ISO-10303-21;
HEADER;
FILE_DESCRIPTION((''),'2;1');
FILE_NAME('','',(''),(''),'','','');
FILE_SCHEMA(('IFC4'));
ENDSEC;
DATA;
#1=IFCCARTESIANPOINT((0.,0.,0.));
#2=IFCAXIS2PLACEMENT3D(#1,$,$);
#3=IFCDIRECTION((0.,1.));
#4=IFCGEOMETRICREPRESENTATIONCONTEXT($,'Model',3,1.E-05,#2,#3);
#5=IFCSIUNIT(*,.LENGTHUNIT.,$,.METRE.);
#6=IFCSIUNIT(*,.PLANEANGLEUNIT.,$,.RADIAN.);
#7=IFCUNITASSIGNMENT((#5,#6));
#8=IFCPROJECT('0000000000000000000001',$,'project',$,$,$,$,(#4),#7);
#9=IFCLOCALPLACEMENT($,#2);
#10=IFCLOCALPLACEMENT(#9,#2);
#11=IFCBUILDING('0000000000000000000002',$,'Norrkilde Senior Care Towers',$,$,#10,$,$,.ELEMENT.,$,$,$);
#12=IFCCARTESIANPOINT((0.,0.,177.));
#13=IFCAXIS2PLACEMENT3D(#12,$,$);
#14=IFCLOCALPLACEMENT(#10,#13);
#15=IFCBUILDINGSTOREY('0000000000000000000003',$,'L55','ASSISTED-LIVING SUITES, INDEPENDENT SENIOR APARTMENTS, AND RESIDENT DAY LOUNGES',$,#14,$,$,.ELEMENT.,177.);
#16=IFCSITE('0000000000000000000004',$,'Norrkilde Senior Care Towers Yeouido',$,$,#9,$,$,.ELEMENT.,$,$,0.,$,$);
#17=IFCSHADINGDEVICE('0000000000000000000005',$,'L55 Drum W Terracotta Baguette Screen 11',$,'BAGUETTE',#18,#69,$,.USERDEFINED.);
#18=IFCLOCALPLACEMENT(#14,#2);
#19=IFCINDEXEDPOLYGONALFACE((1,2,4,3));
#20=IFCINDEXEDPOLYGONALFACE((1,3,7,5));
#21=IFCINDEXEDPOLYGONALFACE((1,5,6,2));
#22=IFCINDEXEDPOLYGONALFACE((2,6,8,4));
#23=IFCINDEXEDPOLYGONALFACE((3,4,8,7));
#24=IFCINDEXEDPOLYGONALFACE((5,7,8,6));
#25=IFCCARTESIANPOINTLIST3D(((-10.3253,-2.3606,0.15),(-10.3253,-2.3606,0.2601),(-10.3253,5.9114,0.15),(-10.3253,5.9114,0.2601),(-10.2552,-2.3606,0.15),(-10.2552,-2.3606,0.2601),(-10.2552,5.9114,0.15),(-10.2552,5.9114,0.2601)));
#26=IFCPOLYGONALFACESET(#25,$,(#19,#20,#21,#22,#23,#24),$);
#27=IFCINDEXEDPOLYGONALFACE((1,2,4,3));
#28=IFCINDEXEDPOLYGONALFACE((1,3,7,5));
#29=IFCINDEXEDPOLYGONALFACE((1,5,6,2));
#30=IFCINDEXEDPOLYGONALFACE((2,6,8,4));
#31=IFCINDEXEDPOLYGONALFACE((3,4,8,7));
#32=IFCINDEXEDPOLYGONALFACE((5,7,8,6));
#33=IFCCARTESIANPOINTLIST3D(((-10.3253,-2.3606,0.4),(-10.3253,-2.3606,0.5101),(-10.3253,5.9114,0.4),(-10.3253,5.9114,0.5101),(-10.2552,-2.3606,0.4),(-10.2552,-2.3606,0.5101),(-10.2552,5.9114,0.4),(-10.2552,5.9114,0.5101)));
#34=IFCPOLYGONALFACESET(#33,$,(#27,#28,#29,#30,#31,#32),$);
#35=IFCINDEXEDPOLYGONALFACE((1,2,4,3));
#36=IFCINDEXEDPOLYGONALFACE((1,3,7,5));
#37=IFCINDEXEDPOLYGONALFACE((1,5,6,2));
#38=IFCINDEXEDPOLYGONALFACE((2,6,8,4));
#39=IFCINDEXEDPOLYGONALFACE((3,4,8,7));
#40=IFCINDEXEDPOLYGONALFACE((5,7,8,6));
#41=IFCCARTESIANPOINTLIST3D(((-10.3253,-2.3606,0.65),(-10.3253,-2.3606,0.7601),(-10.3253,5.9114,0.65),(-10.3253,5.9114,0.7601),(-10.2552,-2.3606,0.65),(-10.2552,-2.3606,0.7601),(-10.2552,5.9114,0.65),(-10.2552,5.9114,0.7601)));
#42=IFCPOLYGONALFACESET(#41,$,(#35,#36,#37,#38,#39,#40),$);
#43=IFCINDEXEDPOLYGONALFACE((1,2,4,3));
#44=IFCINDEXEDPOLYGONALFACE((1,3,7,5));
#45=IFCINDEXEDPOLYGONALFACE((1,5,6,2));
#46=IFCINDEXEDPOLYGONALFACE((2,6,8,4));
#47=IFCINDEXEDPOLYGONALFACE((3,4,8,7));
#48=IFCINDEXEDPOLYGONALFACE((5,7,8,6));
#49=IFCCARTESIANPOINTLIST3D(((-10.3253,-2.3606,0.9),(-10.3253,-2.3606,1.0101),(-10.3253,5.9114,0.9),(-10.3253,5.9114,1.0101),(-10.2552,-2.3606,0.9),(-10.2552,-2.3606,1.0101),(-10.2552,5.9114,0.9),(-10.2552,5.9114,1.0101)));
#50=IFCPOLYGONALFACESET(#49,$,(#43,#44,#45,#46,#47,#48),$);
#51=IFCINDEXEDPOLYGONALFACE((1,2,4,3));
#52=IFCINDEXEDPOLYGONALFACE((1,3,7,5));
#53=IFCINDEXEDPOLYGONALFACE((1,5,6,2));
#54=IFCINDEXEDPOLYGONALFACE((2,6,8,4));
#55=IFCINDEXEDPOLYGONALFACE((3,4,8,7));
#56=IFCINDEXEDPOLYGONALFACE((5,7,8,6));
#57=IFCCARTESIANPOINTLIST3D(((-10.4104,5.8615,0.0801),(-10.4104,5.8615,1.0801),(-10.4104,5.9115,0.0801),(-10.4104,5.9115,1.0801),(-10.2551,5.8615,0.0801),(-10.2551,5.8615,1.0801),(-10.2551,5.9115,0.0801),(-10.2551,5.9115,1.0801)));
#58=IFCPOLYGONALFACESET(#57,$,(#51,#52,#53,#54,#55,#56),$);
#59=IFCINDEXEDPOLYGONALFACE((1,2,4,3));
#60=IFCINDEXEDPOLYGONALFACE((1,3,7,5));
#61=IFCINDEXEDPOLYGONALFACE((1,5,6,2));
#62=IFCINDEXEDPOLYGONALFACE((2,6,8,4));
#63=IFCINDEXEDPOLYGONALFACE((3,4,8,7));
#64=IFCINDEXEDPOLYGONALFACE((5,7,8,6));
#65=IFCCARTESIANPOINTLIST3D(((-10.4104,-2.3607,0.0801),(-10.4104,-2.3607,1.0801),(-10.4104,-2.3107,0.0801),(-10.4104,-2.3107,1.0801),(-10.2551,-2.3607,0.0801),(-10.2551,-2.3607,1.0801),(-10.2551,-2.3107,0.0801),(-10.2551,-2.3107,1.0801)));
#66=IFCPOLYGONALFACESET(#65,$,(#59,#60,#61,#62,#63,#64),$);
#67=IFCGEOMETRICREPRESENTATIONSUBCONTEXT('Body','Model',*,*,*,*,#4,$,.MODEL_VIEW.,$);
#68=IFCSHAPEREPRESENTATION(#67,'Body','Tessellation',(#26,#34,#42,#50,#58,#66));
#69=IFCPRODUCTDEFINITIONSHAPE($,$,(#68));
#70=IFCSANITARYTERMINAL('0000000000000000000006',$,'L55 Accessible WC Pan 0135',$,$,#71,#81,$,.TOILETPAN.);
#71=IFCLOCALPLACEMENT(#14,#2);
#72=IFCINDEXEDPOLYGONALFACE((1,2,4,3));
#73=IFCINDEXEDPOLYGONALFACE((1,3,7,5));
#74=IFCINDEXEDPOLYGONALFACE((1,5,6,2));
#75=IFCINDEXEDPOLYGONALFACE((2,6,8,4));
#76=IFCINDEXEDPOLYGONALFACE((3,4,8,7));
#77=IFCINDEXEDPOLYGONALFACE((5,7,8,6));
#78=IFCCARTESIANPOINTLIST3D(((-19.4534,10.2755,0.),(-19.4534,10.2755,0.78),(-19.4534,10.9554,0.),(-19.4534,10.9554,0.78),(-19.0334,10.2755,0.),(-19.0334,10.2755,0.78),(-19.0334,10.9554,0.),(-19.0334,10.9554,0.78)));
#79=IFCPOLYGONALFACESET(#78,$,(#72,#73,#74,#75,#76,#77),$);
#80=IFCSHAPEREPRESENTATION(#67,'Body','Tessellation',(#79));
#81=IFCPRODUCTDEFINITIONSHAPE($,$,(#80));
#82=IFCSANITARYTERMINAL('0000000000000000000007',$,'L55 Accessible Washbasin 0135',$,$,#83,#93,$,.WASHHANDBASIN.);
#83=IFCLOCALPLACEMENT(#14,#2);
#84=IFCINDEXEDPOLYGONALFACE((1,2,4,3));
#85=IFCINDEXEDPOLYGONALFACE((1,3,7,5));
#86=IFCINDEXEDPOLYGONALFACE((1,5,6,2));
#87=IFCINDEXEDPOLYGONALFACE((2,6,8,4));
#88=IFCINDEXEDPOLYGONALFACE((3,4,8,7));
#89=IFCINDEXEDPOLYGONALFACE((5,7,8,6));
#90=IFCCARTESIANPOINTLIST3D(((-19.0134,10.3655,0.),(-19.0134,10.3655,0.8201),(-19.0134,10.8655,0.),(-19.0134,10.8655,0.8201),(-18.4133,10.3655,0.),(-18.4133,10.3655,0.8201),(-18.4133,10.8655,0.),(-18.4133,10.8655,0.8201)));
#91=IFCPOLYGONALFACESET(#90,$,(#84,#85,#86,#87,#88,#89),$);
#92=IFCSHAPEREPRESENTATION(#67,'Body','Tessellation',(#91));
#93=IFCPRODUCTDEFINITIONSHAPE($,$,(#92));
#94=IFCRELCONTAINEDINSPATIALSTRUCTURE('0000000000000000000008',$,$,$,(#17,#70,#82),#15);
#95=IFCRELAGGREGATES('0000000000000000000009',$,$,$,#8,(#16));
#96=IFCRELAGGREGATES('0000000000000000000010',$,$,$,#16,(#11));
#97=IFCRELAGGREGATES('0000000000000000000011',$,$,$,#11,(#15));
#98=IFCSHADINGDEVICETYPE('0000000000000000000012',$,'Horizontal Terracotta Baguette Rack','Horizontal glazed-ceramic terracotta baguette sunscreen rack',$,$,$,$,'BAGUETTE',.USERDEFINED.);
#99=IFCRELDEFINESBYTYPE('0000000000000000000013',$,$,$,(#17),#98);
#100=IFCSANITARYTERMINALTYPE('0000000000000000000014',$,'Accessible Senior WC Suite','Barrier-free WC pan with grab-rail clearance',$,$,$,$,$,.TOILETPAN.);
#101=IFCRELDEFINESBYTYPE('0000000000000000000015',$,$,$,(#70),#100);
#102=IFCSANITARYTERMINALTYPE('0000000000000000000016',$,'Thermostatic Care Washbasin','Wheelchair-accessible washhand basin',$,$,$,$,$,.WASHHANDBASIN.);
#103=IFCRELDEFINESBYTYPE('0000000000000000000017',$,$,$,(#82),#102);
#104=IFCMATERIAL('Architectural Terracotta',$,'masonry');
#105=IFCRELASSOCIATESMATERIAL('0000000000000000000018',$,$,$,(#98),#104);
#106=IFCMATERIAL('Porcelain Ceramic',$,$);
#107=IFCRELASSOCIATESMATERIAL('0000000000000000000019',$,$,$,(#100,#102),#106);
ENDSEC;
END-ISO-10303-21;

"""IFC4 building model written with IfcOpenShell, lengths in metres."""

from ifc_helpers import new_model, si_unit, direction, frame, origin, origin_2d, place, context, subcontext, project, spatial, rectangle, extrude, source, transform, mapped, material, type_object, type_shapes, element, save


model = new_model("IFC4")

# Units and contexts
model_context = context("Model", 3, precision=1e-05, world=origin(), true_north=direction((0.0, 1.0)))
body_context = subcontext(model_context, "Body", "Model", "MODEL_VIEW")
ifc_project = project(units=[si_unit("LENGTHUNIT", "METRE"), si_unit("PLANEANGLEUNIT", "RADIAN")], contexts=[model_context])

# Site, building, storey
site_placement = place(None, origin())
site = spatial("IfcSite", under=ifc_project, at=site_placement, Name="Norrkilde Senior Care Towers Yeouido", CompositionType="ELEMENT", RefElevation=0.0)
building_placement = place(site_placement, origin())
building = spatial("IfcBuilding", under=site, at=building_placement, Name="Norrkilde Senior Care Towers", CompositionType="ELEMENT")
storey_placement = place(building_placement, frame((0.0, 0.0, 177.0)))
storey = spatial("IfcBuildingStorey", under=building, at=storey_placement, Name="L55", Description="ASSISTED-LIVING SUITES, INDEPENDENT SENIOR APARTMENTS, AND RESIDENT DAY LOUNGES", CompositionType="ELEMENT", Elevation=177.0)

# Shading device
ifc_material_1 = material(Name="Architectural Terracotta", Category="masonry")
shading_device_type = type_object("IfcShadingDeviceType", Name="Horizontal Terracotta Baguette Rack", Description="Horizontal glazed-ceramic terracotta baguette sunscreen rack", ElementType="BAGUETTE", PredefinedType="USERDEFINED", material=ifc_material_1)
shared_shape_1 = source(origin(), body_context, "Body", "SweptSolid", [
    extrude(rectangle(XDim=0.0701, YDim=0.1101, at=origin_2d()), frame((0.0, 0.0901, 0.125), z_axis=(1.0, 0.0, 0.0), x_axis=(0.0, 1.0, 0.0)), (0.0, 0.0, 1.0), 8.272),
    extrude(rectangle(XDim=0.0701, YDim=0.1101, at=origin_2d()), frame((0.0, 0.0901, 0.375), z_axis=(1.0, 0.0, 0.0), x_axis=(0.0, 1.0, 0.0)), (0.0, 0.0, 1.0), 8.272),
    extrude(rectangle(XDim=0.0701, YDim=0.1101, at=origin_2d()), frame((0.0, 0.0901, 0.625), z_axis=(1.0, 0.0, 0.0), x_axis=(0.0, 1.0, 0.0)), (0.0, 0.0, 1.0), 8.272),
    extrude(rectangle(XDim=0.0701, YDim=0.1101, at=origin_2d()), frame((0.0, 0.0901, 0.875), z_axis=(1.0, 0.0, 0.0), x_axis=(0.0, 1.0, 0.0)), (0.0, 0.0, 1.0), 8.272),
    extrude(rectangle(XDim=0.05, YDim=0.1553, at=origin_2d()), frame((0.0249, 0.0476, 0.0)), (0.0, 0.0, 1.0), 1.0),
    extrude(rectangle(XDim=0.05, YDim=0.1553, at=origin_2d()), frame((8.2471, 0.0476, 0.0)), (0.0, 0.0, 1.0), 1.0),
])
type_shapes(shading_device_type, [shared_shape_1])
shading_device_placement = place(storey_placement, frame((-10.3804, 5.9114, 0.0801), z_axis=(0.0, 0.0, 1.0), x_axis=(0.0, -1.0, 0.0)))
element("IfcShadingDevice", 1, at=shading_device_placement, inside=storey, type_object=shading_device_type, Name="L55 Drum W Terracotta Baguette Screen 11", ObjectType="BAGUETTE", PredefinedType="USERDEFINED", context=body_context, shape_type="MappedRepresentation", body=[
    mapped(shared_shape_1, transform((0.0, 0.0, 0.0), x_axis=(1.0, 0.0, 0.0), y_axis=(0.0, 1.0, 0.0), z_axis=(0.0, 0.0, 1.0), scale=1.0)),
])

# Sanitary terminals
ifc_material_2 = material(Name="Porcelain Ceramic")
sanitary_terminal_type_1 = type_object("IfcSanitaryTerminalType", Name="Accessible Senior WC Suite", Description="Barrier-free WC pan with grab-rail clearance", PredefinedType="TOILETPAN", material=ifc_material_2)
shared_shape_2 = source(origin(), body_context, "Body", "SweptSolid", [
    extrude(rectangle(XDim=0.4199, YDim=0.6799, at=origin_2d()), origin(), (0.0, 0.0, 1.0), 0.78),
])
type_shapes(sanitary_terminal_type_1, [shared_shape_2])
sanitary_terminal_1_placement = place(storey_placement, frame((-19.2434, 10.6155, 0.0), z_axis=(0.0, 0.0, 1.0), x_axis=(1.0, 0.0, 0.0)))
element("IfcSanitaryTerminal", 2, at=sanitary_terminal_1_placement, inside=storey, type_object=sanitary_terminal_type_1, Name="L55 Accessible WC Pan 0135", PredefinedType="TOILETPAN", context=body_context, shape_type="MappedRepresentation", body=[
    mapped(shared_shape_2, transform((0.0, 0.0, 0.0), x_axis=(1.0, 0.0, 0.0), y_axis=(0.0, 1.0, 0.0), z_axis=(0.0, 0.0, 1.0), scale=1.0)),
])
sanitary_terminal_type_2 = type_object("IfcSanitaryTerminalType", Name="Thermostatic Care Washbasin", Description="Wheelchair-accessible washhand basin", PredefinedType="WASHHANDBASIN", material=ifc_material_2)
shared_shape_3 = source(origin(), body_context, "Body", "SweptSolid", [
    extrude(rectangle(XDim=0.6001, YDim=0.5, at=origin_2d()), origin(), (0.0, 0.0, 1.0), 0.8201),
])
type_shapes(sanitary_terminal_type_2, [shared_shape_3])
sanitary_terminal_2_placement = place(storey_placement, frame((-18.7134, 10.6155, 0.0), z_axis=(0.0, 0.0, 1.0), x_axis=(1.0, 0.0, 0.0)))
element("IfcSanitaryTerminal", 3, at=sanitary_terminal_2_placement, inside=storey, type_object=sanitary_terminal_type_2, Name="L55 Accessible Washbasin 0135", PredefinedType="WASHHANDBASIN", context=body_context, shape_type="MappedRepresentation", body=[
    mapped(shared_shape_3, transform((0.0, 0.0, 0.0), x_axis=(1.0, 0.0, 0.0), y_axis=(0.0, 1.0, 0.0), z_axis=(0.0, 0.0, 1.0), scale=1.0)),
])

save(model, "model.ifc")
